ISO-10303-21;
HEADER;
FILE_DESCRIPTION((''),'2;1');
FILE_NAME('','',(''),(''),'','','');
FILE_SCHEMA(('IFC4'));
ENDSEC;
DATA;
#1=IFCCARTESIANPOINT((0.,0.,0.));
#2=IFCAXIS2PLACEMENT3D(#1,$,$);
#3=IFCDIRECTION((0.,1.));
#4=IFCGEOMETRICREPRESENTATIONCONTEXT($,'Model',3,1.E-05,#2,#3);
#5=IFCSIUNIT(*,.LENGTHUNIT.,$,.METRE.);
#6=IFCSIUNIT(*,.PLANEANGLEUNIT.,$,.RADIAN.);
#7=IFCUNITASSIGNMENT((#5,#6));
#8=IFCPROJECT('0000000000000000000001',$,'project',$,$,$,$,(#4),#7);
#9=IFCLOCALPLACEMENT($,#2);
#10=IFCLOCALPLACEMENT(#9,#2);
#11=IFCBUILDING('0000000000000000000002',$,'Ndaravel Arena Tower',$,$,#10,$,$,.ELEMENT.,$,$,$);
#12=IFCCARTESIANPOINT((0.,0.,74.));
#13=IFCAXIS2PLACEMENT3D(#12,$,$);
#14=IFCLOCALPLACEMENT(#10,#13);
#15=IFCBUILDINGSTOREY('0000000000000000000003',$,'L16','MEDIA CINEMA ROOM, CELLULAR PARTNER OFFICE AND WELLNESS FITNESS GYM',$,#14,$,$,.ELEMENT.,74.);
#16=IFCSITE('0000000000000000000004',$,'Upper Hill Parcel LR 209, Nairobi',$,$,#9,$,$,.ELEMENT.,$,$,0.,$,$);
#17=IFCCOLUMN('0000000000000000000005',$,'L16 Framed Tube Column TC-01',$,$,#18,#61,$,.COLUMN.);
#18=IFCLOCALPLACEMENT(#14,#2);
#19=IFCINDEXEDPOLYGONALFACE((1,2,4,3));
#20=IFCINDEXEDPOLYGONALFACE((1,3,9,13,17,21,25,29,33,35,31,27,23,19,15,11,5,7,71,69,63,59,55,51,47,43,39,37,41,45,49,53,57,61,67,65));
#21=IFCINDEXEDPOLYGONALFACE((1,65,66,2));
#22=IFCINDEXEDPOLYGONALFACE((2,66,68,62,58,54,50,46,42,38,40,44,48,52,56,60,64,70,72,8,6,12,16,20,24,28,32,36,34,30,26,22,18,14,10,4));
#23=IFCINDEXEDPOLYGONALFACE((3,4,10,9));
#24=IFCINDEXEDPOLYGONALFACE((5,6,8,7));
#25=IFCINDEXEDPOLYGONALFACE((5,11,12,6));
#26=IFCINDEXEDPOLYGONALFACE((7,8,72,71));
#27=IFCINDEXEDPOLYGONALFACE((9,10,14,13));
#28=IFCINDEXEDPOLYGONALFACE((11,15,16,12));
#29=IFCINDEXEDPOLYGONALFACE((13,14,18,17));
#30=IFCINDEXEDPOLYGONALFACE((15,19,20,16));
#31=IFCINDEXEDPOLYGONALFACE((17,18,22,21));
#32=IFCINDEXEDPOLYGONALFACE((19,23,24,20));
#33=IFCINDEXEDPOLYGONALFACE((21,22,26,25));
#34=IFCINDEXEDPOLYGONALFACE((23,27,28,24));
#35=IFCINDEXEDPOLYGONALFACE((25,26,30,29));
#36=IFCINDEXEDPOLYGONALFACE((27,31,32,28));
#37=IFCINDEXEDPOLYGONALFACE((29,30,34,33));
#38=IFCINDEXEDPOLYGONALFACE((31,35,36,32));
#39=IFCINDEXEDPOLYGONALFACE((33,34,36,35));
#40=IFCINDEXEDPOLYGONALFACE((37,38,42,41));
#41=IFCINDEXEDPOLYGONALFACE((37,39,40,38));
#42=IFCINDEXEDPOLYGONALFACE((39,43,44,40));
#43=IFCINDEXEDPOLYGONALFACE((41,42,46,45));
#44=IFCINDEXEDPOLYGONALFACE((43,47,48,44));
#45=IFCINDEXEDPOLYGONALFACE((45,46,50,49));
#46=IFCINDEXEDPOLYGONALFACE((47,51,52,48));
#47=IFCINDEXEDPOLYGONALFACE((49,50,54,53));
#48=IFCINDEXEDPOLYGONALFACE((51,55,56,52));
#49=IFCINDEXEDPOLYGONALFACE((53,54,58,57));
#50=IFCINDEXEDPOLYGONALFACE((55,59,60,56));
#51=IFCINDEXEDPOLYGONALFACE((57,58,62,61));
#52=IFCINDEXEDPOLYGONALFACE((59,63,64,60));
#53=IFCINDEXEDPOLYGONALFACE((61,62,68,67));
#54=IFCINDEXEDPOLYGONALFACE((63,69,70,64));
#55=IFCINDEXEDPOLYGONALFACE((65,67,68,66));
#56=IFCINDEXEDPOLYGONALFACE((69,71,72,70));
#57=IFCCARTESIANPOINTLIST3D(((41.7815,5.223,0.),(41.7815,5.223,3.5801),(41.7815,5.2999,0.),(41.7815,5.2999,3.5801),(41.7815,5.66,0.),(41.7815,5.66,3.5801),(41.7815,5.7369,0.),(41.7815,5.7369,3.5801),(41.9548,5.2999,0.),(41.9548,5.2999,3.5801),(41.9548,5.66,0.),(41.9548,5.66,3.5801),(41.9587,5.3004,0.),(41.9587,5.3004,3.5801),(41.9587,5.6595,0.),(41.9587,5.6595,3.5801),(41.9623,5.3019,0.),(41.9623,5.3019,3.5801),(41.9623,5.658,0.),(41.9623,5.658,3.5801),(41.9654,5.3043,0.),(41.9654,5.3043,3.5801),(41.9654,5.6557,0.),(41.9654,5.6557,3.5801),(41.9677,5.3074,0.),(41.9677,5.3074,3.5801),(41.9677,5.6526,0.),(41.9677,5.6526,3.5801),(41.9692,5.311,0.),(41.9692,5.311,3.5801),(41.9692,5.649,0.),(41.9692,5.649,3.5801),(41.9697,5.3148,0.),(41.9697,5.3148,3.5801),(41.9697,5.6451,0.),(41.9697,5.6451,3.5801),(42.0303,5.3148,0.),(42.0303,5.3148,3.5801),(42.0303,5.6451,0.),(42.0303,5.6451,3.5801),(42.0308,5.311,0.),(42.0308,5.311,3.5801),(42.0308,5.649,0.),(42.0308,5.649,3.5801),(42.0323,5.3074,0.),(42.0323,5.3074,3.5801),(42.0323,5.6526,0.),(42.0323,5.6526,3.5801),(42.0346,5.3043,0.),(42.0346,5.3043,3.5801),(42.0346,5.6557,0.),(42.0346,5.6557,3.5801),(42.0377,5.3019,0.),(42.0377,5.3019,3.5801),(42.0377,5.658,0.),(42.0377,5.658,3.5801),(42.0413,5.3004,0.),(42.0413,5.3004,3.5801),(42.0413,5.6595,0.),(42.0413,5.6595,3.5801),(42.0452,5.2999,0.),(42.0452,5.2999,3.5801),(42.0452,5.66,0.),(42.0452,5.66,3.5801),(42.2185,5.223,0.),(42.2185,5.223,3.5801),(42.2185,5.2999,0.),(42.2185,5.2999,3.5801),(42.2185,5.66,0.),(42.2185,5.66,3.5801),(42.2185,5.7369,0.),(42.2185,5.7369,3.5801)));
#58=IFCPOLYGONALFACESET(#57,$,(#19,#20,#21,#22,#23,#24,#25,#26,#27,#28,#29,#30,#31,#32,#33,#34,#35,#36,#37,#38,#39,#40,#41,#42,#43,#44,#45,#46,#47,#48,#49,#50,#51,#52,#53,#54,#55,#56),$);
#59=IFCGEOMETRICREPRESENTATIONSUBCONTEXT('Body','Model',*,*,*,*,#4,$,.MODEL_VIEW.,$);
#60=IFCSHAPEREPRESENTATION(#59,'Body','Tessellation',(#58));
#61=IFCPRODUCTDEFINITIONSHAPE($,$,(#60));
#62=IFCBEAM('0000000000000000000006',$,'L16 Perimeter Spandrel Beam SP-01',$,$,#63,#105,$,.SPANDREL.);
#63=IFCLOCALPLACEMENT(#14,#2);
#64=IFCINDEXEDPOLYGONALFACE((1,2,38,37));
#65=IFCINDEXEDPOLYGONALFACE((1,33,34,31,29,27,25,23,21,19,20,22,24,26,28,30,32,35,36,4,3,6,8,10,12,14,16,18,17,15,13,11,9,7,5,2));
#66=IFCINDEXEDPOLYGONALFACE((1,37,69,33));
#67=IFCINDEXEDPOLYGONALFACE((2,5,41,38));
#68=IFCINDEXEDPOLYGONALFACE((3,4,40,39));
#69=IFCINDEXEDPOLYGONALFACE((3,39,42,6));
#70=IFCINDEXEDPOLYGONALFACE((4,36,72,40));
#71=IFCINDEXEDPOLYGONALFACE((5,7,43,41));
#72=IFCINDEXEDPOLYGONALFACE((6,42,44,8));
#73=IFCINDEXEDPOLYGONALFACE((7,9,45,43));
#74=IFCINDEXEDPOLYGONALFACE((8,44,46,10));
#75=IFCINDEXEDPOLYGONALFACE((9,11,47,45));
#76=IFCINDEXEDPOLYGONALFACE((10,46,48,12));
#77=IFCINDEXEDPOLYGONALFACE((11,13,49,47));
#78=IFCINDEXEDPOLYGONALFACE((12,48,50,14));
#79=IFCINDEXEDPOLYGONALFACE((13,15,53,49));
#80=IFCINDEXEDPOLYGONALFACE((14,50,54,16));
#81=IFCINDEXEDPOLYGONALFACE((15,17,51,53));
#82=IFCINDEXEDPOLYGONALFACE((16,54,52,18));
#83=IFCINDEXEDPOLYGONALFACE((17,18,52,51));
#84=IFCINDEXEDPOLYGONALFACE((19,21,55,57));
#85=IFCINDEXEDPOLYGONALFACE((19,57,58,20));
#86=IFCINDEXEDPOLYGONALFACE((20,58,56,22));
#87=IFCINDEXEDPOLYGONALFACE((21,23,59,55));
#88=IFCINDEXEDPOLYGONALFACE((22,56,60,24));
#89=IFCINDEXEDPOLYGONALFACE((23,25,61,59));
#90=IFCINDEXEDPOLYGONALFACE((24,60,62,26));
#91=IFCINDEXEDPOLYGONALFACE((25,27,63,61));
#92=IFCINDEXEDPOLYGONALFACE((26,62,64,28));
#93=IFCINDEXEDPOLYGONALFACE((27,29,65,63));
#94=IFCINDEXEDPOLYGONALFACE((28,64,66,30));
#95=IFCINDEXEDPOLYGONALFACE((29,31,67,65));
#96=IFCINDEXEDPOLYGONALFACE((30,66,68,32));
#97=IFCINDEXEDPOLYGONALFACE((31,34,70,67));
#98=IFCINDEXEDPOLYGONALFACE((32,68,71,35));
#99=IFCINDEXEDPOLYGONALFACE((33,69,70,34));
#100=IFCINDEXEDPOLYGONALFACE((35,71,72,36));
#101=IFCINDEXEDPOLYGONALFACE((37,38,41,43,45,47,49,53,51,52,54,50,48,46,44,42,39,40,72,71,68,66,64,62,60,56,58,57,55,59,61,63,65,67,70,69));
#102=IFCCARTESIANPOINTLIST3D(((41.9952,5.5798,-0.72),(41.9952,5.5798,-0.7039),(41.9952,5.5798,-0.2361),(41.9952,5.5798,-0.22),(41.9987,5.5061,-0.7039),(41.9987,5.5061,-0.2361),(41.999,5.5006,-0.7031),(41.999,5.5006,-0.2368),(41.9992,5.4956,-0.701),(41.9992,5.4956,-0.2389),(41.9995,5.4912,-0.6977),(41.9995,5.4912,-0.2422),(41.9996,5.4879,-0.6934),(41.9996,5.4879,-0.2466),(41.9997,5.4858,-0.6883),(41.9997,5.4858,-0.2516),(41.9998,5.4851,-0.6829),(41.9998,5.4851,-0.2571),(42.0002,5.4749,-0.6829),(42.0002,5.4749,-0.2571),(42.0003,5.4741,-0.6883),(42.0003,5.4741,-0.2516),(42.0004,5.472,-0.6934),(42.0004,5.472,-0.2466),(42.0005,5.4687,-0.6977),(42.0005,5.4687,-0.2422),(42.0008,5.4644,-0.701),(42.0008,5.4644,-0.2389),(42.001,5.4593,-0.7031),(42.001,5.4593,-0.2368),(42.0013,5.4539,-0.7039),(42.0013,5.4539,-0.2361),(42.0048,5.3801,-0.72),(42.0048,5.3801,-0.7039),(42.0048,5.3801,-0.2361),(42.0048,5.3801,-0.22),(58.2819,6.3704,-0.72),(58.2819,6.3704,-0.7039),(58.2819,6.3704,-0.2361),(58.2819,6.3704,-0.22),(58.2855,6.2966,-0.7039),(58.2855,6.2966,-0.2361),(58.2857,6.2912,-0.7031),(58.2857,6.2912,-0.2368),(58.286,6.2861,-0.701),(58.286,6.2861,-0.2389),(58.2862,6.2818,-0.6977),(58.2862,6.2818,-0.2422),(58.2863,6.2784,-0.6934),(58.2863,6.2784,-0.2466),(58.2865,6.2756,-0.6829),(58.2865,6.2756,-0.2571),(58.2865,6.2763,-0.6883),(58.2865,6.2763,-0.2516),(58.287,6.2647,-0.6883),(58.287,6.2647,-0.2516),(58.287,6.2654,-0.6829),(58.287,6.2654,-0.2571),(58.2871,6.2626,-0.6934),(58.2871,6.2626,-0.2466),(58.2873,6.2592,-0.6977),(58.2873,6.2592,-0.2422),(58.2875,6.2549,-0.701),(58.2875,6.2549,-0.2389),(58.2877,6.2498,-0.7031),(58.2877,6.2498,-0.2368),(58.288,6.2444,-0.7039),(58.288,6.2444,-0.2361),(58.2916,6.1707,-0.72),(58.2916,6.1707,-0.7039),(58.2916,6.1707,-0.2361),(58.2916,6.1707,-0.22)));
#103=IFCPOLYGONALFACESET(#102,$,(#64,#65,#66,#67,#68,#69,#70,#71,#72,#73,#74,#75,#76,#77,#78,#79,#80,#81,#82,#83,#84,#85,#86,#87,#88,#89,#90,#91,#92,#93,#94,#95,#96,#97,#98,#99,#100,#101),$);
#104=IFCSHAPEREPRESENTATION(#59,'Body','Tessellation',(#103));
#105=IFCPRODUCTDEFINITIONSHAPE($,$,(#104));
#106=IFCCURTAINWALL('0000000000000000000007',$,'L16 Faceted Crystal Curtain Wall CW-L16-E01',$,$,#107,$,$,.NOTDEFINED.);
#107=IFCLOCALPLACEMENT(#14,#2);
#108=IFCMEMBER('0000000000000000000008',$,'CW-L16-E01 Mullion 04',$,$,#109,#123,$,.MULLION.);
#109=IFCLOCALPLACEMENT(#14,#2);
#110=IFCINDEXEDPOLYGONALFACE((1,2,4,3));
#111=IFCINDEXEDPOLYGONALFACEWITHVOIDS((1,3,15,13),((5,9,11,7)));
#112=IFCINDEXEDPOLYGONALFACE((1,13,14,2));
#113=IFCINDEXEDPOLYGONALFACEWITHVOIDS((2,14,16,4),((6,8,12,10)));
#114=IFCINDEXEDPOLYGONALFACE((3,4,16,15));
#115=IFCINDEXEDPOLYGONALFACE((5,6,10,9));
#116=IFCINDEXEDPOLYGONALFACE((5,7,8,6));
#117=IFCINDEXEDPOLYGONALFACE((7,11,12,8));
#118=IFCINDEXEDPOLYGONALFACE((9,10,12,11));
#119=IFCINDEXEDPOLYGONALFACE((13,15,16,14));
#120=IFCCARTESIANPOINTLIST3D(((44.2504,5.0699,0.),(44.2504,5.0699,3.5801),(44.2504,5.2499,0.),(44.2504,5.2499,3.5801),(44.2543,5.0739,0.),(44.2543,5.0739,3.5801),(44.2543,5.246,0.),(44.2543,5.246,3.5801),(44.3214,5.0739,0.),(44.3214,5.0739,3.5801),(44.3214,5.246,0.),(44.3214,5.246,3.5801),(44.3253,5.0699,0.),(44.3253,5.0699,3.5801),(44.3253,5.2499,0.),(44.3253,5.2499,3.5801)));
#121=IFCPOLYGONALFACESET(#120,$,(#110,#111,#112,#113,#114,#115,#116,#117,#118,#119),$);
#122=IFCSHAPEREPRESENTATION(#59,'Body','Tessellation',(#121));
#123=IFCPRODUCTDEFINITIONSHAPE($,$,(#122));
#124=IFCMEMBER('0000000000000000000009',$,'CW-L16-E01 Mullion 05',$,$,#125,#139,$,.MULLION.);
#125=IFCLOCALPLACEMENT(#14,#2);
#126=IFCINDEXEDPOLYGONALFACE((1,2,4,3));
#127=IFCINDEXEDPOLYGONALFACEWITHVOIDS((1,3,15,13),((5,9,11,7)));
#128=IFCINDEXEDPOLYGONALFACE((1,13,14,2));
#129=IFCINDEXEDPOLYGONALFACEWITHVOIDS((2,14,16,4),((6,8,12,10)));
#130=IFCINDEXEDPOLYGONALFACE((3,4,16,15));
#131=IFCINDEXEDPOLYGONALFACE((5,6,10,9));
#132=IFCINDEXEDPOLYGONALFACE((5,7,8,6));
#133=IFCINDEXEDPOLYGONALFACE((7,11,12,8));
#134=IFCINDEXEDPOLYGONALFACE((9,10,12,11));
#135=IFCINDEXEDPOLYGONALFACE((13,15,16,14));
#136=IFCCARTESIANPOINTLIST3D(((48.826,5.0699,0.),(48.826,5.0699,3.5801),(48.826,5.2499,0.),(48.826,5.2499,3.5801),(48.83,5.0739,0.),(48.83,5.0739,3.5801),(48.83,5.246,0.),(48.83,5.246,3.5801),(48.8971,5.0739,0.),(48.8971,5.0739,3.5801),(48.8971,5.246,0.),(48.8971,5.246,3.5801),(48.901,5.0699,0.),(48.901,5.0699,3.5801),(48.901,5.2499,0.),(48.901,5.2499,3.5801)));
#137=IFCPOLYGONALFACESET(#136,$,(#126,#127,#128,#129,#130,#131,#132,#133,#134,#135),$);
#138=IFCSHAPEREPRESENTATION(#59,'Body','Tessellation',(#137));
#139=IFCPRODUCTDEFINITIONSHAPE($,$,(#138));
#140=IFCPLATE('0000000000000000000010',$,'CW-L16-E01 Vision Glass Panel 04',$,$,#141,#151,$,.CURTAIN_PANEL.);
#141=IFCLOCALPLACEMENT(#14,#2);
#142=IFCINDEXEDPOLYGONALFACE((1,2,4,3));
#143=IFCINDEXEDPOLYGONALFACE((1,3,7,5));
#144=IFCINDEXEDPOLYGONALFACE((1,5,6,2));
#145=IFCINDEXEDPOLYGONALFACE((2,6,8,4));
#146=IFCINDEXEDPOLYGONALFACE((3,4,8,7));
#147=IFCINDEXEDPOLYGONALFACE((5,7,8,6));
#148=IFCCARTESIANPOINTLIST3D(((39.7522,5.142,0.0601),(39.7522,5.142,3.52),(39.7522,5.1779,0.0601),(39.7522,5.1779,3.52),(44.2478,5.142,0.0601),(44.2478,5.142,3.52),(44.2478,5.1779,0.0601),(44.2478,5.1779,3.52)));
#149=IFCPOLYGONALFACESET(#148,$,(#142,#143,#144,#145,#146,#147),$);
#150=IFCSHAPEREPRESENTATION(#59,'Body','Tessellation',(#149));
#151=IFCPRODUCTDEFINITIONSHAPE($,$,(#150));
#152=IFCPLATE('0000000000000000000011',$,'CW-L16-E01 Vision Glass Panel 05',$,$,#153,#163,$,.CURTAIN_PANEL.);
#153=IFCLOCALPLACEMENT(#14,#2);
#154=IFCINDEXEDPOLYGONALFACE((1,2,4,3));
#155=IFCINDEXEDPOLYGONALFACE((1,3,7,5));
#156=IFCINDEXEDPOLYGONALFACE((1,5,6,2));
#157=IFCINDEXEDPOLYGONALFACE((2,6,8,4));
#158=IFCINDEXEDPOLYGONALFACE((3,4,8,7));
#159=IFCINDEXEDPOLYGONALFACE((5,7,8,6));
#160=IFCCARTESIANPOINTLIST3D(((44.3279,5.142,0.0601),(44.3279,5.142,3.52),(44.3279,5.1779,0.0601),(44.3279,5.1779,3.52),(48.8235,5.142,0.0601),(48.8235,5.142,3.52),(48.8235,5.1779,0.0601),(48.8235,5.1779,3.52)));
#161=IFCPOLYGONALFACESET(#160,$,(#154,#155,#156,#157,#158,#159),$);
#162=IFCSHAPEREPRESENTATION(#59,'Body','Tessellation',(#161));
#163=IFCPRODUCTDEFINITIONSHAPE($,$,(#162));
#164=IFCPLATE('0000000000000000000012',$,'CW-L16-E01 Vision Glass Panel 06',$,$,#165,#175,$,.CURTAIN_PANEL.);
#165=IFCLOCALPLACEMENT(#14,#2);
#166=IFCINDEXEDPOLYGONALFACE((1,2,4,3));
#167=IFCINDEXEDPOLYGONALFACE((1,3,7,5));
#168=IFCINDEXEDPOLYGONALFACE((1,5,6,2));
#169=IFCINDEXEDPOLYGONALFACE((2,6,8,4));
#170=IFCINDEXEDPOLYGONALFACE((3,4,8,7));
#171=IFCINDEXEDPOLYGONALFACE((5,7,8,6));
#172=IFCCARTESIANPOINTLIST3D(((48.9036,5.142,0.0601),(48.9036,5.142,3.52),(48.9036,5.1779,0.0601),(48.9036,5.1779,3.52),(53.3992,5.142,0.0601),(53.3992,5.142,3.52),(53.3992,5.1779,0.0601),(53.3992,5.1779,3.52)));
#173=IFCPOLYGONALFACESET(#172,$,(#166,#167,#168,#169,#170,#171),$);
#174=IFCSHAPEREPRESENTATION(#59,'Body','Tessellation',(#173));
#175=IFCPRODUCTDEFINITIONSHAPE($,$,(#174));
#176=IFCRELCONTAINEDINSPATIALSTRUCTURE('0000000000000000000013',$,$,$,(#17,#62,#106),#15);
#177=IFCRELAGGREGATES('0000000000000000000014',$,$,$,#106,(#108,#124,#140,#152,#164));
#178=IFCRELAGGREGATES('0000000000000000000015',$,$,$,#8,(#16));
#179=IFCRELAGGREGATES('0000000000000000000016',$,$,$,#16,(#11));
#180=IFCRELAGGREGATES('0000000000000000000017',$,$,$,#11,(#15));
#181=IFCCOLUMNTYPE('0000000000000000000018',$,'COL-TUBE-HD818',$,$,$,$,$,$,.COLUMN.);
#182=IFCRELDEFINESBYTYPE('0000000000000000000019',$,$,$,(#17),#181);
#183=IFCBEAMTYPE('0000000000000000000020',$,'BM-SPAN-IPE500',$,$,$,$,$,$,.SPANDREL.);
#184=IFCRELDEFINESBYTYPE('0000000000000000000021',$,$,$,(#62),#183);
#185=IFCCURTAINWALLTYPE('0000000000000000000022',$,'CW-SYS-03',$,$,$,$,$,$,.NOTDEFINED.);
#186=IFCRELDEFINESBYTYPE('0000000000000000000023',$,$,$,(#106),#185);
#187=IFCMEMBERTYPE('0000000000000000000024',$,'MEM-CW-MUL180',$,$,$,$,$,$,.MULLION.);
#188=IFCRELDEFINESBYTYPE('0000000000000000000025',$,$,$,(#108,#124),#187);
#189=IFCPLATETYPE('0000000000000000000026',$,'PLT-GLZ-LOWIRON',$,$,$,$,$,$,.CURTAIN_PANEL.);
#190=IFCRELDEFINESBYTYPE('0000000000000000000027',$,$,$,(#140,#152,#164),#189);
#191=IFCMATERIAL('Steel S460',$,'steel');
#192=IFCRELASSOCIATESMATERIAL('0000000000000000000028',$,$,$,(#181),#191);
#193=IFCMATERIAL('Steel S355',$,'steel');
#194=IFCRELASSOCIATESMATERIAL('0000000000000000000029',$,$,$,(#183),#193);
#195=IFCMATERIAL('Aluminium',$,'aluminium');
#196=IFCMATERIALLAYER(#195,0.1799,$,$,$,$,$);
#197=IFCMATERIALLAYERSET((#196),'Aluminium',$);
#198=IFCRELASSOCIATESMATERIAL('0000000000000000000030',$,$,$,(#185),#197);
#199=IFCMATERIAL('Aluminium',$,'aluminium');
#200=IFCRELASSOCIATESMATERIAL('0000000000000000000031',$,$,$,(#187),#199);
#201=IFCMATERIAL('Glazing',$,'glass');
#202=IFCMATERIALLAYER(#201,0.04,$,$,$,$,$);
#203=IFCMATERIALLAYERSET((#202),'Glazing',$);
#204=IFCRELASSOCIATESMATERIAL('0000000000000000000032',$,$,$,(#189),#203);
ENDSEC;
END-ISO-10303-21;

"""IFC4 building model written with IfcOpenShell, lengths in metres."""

from ifc_helpers import new_model, si_unit, direction, frame, origin, origin_2d, place, context, subcontext, project, spatial, rectangle, hollow_rectangle, i_section, extrude, material, layer, layer_set, material_profile, profile_set, type_object, element, aggregate, save


model = new_model("IFC4")

# Units and contexts
model_context = context("Model", 3, precision=1e-05, world=origin(), true_north=direction((0.0, 1.0)))
body_context = subcontext(model_context, "Body", "Model", "MODEL_VIEW")
ifc_project = project(units=[si_unit("LENGTHUNIT", "METRE"), si_unit("PLANEANGLEUNIT", "RADIAN")], contexts=[model_context])

# Site, building, storey
site_placement = place(None, origin())
site = spatial("IfcSite", under=ifc_project, at=site_placement, Name="Upper Hill Parcel LR 209, Nairobi", CompositionType="ELEMENT", RefElevation=0.0)
building_placement = place(site_placement, origin())
building = spatial("IfcBuilding", under=site, at=building_placement, Name="Ndaravel Arena Tower", CompositionType="ELEMENT")
storey_placement = place(building_placement, frame((0.0, 0.0, 74.0)))
storey = spatial("IfcBuildingStorey", under=building, at=storey_placement, Name="L16", Description="MEDIA CINEMA ROOM, CELLULAR PARTNER OFFICE AND WELLNESS FITNESS GYM", CompositionType="ELEMENT", Elevation=74.0)

# Column
ifc_material_1 = material(Name="Steel S460", Category="steel")
ifc_material_profile_1 = material_profile(ifc_material_1, i_section(OverallWidth=0.437, OverallDepth=0.5139, WebThickness=0.0605, FlangeThickness=0.0769, FilletRadius=0.0149, at=origin_2d()), Name="HD 400x818")
ifc_profile_set_1 = profile_set([ifc_material_profile_1], Name="Steel S460")
column_type = type_object("IfcColumnType", Name="COL-TUBE-HD818", PredefinedType="COLUMN", material=ifc_profile_set_1)
column_placement = place(storey_placement, frame((42.0, 5.48, 0.0), z_axis=(0.0, 0.0, 1.0), x_axis=(1.0, 0.0, 0.0)))
element("IfcColumn", 1, at=column_placement, inside=storey, type_object=column_type, Name="L16 Framed Tube Column TC-01", PredefinedType="COLUMN", context=body_context, shape_type="SweptSolid", body=[
    extrude(i_section(OverallWidth=0.437, OverallDepth=0.5139, WebThickness=0.0605, FlangeThickness=0.0769, FilletRadius=0.0149, at=origin_2d()), origin(), (0.0, 0.0, 1.0), 3.5801),
])

# Beam
ifc_material_2 = material(Name="Steel S355", Category="steel")
ifc_material_profile_2 = material_profile(ifc_material_2, i_section(OverallWidth=0.2, OverallDepth=0.5, WebThickness=0.0103, FlangeThickness=0.0161, FilletRadius=0.021, at=origin_2d()), Name="IPE 500")
ifc_profile_set_2 = profile_set([ifc_material_profile_2], Name="Steel S355")
beam_type = type_object("IfcBeamType", Name="BM-SPAN-IPE500", PredefinedType="SPANDREL", material=ifc_profile_set_2)
beam_placement = place(storey_placement, frame((42.0, 5.48, -0.47), z_axis=(0.998824, 0.048481, 0.0), x_axis=(-0.048481, 0.998824, 0.0)))
element("IfcBeam", 2, at=beam_placement, inside=storey, type_object=beam_type, Name="L16 Perimeter Spandrel Beam SP-01", PredefinedType="SPANDREL", context=body_context, shape_type="SweptSolid", body=[
    extrude(i_section(OverallWidth=0.2, OverallDepth=0.5, WebThickness=0.0103, FlangeThickness=0.0161, FilletRadius=0.021, at=origin_2d()), origin(), (0.0, 0.0, 1.0), 16.3059),
])

# Curtain wall, members, plates
ifc_material_3 = material(Name="Aluminium", Category="aluminium")
ifc_layer_1 = layer(ifc_material_3, 0.1799)
ifc_layer_set_1 = layer_set([ifc_layer_1], Name="Aluminium")
curtain_wall_type = type_object("IfcCurtainWallType", Name="CW-SYS-03", PredefinedType="NOTDEFINED", material=ifc_layer_set_1)
curtain_wall_placement = place(storey_placement, origin())
curtain_wall = element("IfcCurtainWall", 3, at=curtain_wall_placement, inside=storey, type_object=curtain_wall_type, Name="L16 Faceted Crystal Curtain Wall CW-L16-E01", PredefinedType="NOTDEFINED")
ifc_material_4 = material(Name="Aluminium", Category="aluminium")
ifc_material_profile_3 = material_profile(ifc_material_4, hollow_rectangle(XDim=0.075, YDim=0.1799, WallThickness=0.0039, at=origin_2d()), Name="CW MULLION 75x180x4")
ifc_profile_set_3 = profile_set([ifc_material_profile_3], Name="Aluminium")
member_type = type_object("IfcMemberType", Name="MEM-CW-MUL180", PredefinedType="MULLION", material=ifc_profile_set_3)
member_1_placement = place(storey_placement, frame((44.2878, 5.1599, 0.0), z_axis=(0.0, 0.0, 1.0), x_axis=(1.0, 0.0, 0.0)))
member_1 = element("IfcMember", 4, at=member_1_placement, type_object=member_type, Name="CW-L16-E01 Mullion 04", PredefinedType="MULLION", context=body_context, shape_type="SweptSolid", body=[
    extrude(hollow_rectangle(XDim=0.075, YDim=0.1799, WallThickness=0.0039, at=origin_2d()), origin(), (0.0, 0.0, 1.0), 3.5801),
])
member_2_placement = place(storey_placement, frame((48.8635, 5.1599, 0.0), z_axis=(0.0, 0.0, 1.0), x_axis=(1.0, 0.0, 0.0)))
member_2 = element("IfcMember", 5, at=member_2_placement, type_object=member_type, Name="CW-L16-E01 Mullion 05", PredefinedType="MULLION", context=body_context, shape_type="SweptSolid", body=[
    extrude(hollow_rectangle(XDim=0.075, YDim=0.1799, WallThickness=0.0039, at=origin_2d()), origin(), (0.0, 0.0, 1.0), 3.5801),
])
ifc_material_5 = material(Name="Glazing", Category="glass")
ifc_layer_2 = layer(ifc_material_5, 0.04)
ifc_layer_set_2 = layer_set([ifc_layer_2], Name="Glazing")
plate_type = type_object("IfcPlateType", Name="PLT-GLZ-LOWIRON", PredefinedType="CURTAIN_PANEL", material=ifc_layer_set_2)
plate_1_placement = place(storey_placement, frame((42.0, 5.1599, 0.0601), z_axis=(0.0, 0.0, 1.0), x_axis=(1.0, 0.0, 0.0)))
plate_1 = element("IfcPlate", 6, at=plate_1_placement, type_object=plate_type, Name="CW-L16-E01 Vision Glass Panel 04", PredefinedType="CURTAIN_PANEL", context=body_context, shape_type="SweptSolid", body=[
    extrude(rectangle(XDim=4.4956, YDim=0.0359, at=origin_2d()), origin(), (0.0, 0.0, 1.0), 3.46),
])
plate_2_placement = place(storey_placement, frame((46.5757, 5.1599, 0.0601), z_axis=(0.0, 0.0, 1.0), x_axis=(1.0, 0.0, 0.0)))
plate_2 = element("IfcPlate", 7, at=plate_2_placement, type_object=plate_type, Name="CW-L16-E01 Vision Glass Panel 05", PredefinedType="CURTAIN_PANEL", context=body_context, shape_type="SweptSolid", body=[
    extrude(rectangle(XDim=4.4956, YDim=0.0359, at=origin_2d()), origin(), (0.0, 0.0, 1.0), 3.46),
])
plate_3_placement = place(storey_placement, frame((51.1514, 5.1599, 0.0601), z_axis=(0.0, 0.0, 1.0), x_axis=(1.0, 0.0, 0.0)))
plate_3 = element("IfcPlate", 8, at=plate_3_placement, type_object=plate_type, Name="CW-L16-E01 Vision Glass Panel 06", PredefinedType="CURTAIN_PANEL", context=body_context, shape_type="SweptSolid", body=[
    extrude(rectangle(XDim=4.4956, YDim=0.0359, at=origin_2d()), origin(), (0.0, 0.0, 1.0), 3.46),
])
aggregate(curtain_wall, [member_1, member_2, plate_1, plate_2, plate_3])

save(model, "model.ifc")
